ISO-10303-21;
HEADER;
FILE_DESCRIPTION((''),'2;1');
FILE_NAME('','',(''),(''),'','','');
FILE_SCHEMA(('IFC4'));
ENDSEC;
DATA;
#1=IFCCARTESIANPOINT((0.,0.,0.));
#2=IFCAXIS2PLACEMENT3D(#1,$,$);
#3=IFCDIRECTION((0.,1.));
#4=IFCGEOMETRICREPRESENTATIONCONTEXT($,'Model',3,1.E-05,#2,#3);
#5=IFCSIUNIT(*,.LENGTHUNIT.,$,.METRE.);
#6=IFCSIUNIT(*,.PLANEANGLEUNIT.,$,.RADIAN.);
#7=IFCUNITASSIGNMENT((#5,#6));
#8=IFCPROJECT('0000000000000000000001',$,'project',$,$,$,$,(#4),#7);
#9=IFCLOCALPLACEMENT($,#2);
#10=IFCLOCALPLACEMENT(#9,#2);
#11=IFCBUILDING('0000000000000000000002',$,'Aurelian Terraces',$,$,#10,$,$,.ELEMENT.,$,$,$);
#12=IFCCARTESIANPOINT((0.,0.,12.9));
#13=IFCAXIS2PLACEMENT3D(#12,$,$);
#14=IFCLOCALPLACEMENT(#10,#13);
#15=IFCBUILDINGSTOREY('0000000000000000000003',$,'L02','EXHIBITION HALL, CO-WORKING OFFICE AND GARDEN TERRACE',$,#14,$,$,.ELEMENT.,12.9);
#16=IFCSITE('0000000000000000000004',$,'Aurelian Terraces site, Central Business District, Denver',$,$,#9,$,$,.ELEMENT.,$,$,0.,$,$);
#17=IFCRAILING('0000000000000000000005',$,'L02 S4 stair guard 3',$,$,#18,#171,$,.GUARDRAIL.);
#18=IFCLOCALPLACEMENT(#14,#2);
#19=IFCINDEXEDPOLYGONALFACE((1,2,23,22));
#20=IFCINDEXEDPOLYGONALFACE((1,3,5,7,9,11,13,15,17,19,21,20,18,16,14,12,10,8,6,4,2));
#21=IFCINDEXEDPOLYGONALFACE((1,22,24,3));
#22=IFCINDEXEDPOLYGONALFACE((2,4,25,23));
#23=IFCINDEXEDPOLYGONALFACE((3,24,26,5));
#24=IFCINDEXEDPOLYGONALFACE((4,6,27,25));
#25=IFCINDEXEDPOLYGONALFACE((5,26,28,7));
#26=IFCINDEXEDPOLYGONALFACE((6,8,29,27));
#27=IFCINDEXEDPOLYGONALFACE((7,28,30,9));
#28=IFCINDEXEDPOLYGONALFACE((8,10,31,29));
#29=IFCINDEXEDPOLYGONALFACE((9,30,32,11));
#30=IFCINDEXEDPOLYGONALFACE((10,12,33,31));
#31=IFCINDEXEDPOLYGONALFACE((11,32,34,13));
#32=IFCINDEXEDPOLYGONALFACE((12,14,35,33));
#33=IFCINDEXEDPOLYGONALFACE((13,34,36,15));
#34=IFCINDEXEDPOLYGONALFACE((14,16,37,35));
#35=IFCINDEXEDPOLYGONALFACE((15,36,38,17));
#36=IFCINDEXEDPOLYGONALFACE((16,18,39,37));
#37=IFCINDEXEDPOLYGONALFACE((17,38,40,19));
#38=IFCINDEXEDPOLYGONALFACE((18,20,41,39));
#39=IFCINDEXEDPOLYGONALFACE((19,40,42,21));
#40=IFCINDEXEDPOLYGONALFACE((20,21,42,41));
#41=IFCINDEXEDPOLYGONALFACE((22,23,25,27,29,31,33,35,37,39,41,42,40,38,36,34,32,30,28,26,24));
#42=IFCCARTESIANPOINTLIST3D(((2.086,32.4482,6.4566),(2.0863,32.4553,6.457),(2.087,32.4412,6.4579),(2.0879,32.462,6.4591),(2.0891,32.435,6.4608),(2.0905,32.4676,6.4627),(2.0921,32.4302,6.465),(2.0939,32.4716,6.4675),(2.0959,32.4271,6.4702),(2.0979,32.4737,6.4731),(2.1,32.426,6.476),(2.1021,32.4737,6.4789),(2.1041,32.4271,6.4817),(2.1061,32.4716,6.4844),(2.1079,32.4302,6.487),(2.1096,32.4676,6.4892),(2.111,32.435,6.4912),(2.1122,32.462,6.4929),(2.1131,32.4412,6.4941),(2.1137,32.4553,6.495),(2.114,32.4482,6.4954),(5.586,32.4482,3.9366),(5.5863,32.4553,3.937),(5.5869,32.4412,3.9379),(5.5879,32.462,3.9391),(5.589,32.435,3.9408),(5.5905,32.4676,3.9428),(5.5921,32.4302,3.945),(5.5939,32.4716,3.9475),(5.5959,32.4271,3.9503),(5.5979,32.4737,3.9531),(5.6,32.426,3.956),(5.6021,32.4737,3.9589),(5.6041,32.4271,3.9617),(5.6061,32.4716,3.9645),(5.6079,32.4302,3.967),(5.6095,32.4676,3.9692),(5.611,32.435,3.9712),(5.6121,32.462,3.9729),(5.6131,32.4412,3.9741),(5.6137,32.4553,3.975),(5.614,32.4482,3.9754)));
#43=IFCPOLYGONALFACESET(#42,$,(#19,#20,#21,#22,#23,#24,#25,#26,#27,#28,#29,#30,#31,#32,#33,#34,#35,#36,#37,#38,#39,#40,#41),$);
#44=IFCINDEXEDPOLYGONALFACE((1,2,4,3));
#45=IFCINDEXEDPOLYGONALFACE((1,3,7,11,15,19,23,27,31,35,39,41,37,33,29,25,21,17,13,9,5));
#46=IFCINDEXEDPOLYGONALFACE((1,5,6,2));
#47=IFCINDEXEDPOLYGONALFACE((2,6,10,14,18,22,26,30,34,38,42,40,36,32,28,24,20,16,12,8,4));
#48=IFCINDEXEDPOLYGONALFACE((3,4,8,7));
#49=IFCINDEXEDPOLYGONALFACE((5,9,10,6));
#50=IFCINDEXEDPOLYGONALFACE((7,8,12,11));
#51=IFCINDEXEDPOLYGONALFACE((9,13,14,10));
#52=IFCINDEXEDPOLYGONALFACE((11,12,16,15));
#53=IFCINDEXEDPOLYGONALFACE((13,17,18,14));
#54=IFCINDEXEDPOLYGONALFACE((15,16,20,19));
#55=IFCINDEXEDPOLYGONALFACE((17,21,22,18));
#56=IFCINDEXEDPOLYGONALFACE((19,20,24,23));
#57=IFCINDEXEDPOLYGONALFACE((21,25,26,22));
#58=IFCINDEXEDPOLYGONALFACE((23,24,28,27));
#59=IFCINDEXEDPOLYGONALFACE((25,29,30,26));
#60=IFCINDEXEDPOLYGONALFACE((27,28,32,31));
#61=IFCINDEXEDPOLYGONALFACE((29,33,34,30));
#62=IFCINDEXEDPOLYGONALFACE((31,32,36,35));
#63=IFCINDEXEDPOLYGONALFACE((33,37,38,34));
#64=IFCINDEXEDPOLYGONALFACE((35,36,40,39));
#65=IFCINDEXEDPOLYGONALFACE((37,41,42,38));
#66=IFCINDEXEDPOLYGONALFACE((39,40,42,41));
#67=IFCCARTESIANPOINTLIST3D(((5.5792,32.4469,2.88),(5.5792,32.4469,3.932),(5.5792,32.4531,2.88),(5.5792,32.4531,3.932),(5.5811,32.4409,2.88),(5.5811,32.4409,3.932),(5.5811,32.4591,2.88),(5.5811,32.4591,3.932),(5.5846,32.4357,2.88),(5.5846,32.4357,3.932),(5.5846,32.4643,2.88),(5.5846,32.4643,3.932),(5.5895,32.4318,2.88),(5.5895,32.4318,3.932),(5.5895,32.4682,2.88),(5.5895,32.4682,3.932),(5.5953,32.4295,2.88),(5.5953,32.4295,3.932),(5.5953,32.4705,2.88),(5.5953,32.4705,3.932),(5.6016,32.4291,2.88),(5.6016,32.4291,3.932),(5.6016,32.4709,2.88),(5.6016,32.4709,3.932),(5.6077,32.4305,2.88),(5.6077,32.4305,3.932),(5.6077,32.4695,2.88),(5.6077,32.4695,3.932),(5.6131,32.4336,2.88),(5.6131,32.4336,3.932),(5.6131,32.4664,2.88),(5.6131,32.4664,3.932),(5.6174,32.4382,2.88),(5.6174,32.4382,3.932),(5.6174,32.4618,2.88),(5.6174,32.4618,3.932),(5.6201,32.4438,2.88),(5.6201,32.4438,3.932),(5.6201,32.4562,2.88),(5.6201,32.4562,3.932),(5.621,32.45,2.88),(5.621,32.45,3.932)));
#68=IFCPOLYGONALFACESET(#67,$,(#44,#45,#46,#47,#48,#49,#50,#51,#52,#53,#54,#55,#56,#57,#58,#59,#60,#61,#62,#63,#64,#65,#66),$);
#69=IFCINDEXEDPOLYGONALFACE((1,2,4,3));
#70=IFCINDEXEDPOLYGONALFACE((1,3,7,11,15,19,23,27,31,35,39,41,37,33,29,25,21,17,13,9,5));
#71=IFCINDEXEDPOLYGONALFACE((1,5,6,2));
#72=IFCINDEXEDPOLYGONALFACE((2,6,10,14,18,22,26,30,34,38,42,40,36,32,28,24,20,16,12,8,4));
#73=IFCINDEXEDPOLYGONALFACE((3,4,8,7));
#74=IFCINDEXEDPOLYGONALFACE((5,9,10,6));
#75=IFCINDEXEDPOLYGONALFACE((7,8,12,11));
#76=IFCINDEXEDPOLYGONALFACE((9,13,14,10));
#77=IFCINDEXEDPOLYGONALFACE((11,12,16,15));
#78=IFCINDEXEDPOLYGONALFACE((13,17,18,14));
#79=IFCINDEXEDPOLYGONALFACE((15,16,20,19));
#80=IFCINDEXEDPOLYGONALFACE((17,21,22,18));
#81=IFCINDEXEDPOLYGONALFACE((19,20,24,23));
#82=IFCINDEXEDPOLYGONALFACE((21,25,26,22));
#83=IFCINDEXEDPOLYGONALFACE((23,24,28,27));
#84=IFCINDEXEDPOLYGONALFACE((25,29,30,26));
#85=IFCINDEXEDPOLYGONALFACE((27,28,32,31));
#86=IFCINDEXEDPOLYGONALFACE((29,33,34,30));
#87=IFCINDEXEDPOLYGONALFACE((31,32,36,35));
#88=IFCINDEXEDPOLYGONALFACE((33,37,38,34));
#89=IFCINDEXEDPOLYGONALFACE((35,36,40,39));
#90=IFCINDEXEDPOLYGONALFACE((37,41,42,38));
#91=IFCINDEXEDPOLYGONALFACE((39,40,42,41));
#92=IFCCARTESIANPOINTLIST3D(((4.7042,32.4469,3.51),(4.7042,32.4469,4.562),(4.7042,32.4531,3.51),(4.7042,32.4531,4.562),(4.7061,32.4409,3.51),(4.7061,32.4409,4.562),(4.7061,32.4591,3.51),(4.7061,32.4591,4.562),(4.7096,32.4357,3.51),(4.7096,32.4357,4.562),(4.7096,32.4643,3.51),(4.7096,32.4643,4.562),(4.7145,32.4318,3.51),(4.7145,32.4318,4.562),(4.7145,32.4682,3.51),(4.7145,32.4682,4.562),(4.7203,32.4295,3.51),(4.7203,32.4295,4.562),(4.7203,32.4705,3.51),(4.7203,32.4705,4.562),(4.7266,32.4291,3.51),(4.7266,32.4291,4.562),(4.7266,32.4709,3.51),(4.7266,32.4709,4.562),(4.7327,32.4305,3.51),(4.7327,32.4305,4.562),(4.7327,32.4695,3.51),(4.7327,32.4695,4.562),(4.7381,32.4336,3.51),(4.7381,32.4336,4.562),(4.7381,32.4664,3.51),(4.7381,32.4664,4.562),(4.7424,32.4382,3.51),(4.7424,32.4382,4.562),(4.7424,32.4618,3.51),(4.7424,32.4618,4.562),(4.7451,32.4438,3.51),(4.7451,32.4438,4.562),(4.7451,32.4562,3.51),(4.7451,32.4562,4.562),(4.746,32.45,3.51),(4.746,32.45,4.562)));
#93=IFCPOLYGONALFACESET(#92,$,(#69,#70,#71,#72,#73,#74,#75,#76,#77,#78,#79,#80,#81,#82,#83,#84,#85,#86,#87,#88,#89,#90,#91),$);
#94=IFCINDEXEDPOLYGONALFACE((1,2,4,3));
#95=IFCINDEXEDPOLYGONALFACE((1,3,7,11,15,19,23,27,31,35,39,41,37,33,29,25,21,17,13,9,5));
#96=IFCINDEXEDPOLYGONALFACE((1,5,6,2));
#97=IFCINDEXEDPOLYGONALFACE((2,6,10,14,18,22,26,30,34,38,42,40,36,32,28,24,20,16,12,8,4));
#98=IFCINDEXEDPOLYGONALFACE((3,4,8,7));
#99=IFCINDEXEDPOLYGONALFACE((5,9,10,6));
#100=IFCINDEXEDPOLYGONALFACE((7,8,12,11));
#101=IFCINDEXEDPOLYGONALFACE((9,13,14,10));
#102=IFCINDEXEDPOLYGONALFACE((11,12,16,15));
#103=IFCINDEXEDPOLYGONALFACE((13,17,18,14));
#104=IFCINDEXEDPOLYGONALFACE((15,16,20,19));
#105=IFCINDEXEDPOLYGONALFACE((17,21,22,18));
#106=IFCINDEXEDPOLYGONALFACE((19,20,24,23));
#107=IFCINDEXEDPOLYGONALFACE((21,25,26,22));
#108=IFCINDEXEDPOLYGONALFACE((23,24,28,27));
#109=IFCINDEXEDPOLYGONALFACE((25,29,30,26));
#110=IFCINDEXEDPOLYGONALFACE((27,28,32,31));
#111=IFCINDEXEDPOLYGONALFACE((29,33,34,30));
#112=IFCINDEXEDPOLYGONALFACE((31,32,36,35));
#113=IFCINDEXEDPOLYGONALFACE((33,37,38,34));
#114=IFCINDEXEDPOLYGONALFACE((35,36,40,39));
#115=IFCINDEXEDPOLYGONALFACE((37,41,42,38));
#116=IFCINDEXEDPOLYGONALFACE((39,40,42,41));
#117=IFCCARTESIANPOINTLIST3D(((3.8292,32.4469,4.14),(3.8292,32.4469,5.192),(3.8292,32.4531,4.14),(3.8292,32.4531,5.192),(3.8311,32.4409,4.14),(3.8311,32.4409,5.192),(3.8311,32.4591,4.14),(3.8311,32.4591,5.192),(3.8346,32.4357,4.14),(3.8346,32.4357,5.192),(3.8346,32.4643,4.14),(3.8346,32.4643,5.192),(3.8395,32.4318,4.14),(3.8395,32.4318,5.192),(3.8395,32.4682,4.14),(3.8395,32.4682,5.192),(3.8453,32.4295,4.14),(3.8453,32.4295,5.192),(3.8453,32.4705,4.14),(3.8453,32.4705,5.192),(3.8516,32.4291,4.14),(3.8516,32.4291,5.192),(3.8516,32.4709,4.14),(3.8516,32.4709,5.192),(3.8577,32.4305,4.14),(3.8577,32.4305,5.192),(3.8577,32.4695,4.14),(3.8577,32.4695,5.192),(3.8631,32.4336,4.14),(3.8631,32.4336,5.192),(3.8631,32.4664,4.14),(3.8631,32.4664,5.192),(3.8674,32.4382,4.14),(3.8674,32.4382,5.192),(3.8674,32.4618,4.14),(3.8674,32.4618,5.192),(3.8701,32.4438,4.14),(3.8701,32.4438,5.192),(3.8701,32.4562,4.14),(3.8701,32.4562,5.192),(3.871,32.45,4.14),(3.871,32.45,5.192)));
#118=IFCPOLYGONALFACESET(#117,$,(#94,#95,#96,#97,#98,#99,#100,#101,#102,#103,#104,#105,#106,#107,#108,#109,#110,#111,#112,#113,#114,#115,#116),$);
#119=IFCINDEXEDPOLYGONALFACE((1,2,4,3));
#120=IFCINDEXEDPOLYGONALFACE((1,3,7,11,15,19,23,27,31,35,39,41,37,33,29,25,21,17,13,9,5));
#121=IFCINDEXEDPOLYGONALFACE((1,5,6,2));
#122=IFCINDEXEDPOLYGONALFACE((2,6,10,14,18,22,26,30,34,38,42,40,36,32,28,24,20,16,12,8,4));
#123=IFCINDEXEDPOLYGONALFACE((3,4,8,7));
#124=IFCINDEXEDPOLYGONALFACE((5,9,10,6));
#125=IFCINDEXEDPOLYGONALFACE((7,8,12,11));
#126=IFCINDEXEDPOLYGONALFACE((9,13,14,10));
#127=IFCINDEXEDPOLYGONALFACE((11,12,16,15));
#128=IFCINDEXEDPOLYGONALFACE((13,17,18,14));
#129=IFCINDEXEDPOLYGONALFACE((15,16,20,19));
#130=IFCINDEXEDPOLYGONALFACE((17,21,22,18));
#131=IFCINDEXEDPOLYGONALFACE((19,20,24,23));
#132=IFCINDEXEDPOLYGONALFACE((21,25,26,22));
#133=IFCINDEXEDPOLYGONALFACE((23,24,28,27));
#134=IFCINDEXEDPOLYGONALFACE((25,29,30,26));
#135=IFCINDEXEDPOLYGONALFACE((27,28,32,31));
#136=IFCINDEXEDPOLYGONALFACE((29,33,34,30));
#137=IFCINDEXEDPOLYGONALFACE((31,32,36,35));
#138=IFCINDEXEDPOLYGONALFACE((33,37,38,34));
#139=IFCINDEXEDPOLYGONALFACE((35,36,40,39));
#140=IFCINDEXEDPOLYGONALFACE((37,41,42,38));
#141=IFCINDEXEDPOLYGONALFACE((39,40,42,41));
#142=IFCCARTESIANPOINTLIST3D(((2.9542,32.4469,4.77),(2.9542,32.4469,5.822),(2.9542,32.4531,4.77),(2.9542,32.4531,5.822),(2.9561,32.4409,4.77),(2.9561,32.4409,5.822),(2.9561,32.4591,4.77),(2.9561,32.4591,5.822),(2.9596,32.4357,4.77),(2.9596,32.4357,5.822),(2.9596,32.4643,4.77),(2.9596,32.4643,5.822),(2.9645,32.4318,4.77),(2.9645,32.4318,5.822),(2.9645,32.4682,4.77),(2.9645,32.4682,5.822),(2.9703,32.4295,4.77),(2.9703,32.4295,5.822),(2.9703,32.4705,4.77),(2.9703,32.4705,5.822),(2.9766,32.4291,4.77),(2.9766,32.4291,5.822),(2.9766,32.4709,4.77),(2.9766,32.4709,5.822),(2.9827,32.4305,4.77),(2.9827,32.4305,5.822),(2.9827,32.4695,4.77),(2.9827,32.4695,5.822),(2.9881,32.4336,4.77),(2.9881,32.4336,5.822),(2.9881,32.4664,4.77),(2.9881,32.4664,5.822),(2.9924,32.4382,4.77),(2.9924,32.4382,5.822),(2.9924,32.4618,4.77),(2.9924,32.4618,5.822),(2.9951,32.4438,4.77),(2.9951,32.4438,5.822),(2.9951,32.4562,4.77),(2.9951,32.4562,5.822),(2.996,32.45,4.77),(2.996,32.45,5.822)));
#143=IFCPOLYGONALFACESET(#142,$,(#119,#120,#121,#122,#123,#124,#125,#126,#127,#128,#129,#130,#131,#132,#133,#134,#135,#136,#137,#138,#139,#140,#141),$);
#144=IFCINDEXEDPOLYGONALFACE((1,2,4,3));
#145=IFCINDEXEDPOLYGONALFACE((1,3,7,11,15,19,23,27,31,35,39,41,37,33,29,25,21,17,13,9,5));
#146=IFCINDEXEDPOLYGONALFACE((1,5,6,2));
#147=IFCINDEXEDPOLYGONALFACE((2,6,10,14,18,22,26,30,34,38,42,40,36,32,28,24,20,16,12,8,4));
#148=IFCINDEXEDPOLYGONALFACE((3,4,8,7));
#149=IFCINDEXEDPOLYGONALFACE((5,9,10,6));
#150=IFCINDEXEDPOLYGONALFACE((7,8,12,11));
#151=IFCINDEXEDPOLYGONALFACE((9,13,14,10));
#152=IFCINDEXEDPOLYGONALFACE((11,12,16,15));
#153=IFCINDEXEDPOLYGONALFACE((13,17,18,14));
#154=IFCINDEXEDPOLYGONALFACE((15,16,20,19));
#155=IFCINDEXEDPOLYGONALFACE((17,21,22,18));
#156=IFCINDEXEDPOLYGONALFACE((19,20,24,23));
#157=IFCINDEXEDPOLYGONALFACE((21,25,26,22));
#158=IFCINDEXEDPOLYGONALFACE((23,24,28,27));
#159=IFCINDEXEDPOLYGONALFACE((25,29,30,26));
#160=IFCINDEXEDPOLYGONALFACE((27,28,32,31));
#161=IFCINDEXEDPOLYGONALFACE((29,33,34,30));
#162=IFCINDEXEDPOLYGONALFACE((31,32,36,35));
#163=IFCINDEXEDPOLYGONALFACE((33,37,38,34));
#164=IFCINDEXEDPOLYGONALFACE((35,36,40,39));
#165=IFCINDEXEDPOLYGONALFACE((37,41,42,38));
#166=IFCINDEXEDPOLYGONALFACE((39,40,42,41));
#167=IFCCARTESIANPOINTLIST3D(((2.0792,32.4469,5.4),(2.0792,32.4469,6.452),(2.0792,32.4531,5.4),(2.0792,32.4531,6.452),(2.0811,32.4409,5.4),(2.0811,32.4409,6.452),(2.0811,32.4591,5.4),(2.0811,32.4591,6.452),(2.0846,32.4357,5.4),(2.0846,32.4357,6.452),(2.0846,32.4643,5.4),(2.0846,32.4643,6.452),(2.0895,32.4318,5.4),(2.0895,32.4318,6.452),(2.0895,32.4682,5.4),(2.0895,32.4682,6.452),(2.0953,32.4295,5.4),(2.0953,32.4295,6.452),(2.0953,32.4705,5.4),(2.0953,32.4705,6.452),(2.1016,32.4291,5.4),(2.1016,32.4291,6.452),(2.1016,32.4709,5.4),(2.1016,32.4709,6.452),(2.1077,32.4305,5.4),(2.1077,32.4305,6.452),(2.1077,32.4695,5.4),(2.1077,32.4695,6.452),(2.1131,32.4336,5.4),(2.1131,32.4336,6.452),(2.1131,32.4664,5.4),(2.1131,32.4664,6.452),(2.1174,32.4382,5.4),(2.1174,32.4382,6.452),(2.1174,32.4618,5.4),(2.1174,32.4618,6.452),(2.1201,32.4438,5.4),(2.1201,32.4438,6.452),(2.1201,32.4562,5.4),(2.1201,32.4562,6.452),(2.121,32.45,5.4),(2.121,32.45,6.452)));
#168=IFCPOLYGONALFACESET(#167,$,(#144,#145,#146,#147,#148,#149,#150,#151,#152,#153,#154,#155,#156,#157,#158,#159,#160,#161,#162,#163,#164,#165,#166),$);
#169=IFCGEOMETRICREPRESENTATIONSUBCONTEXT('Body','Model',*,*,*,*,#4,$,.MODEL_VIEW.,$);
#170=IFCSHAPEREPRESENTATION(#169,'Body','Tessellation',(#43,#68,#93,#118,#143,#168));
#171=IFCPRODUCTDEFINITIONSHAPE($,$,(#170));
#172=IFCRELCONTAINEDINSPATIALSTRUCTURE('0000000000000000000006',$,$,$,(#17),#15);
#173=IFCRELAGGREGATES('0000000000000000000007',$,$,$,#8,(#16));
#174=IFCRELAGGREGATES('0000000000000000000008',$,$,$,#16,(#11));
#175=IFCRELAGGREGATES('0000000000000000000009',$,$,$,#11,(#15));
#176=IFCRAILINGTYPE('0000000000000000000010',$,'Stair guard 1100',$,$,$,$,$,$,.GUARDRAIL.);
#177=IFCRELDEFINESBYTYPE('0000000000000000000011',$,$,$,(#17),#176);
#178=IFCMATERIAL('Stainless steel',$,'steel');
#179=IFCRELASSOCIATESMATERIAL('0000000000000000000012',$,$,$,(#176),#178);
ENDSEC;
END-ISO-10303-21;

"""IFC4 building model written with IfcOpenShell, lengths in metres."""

from ifc_helpers import new_model, si_unit, direction, frame, origin, origin_2d, place, context, subcontext, project, spatial, circle, extrude, source, transform, mapped, material, type_object, element, save


model = new_model("IFC4")

# Units and contexts
model_context = context("Model", 3, precision=1e-05, world=origin(), true_north=direction((0.0, 1.0)))
body_context = subcontext(model_context, "Body", "Model", "MODEL_VIEW")
ifc_project = project(units=[si_unit("LENGTHUNIT", "METRE"), si_unit("PLANEANGLEUNIT", "RADIAN")], contexts=[model_context])

# Site, building, storey
site_placement = place(None, origin())
site = spatial("IfcSite", under=ifc_project, at=site_placement, Name="Aurelian Terraces site, Central Business District, Denver", CompositionType="ELEMENT", RefElevation=0.0)
building_placement = place(site_placement, origin())
building = spatial("IfcBuilding", under=site, at=building_placement, Name="Aurelian Terraces", CompositionType="ELEMENT")
storey_placement = place(building_placement, frame((0.0, 0.0, 12.9)))
storey = spatial("IfcBuildingStorey", under=building, at=storey_placement, Name="L02", Description="EXHIBITION HALL, CO-WORKING OFFICE AND GARDEN TERRACE", CompositionType="ELEMENT", Elevation=12.9)

# Railing
ifc_material_1 = material(Name="Stainless steel", Category="steel")
railing_type_1 = type_object("IfcRailingType", Name="Stair guard 1100", PredefinedType="GUARDRAIL", material=ifc_material_1)
shared_shape_1 = source(origin(), body_context, "Body", "SweptSolid", [
    extrude(circle(Radius=0.024, at=origin_2d()), frame((0.0, 0.0, 1.076), z_axis=(-0.811534, 0.0, 0.584305), x_axis=(0.0, -1.0, 0.0)), (0.0, 0.0, 1.0), 4.3128),
    extrude(circle(Radius=0.021, at=origin_2d()), origin(), (0.0, 0.0, 1.0), 1.052),
    extrude(circle(Radius=0.021, at=origin_2d()), frame((-0.875, 0.0, 0.63)), (0.0, 0.0, 1.0), 1.052),
    extrude(circle(Radius=0.021, at=origin_2d()), frame((-1.75, 0.0, 1.26)), (0.0, 0.0, 1.0), 1.052),
    extrude(circle(Radius=0.021, at=origin_2d()), frame((-2.625, 0.0, 1.89)), (0.0, 0.0, 1.0), 1.052),
    extrude(circle(Radius=0.021, at=origin_2d()), frame((-3.5, 0.0, 2.52)), (0.0, 0.0, 1.0), 1.052),
])
railing_1_placement = place(storey_placement, frame((5.6, 32.45, 2.88)))
element("IfcRailing", 1, at=railing_1_placement, inside=storey, type_object=railing_type_1, Name="L02 S4 stair guard 3", PredefinedType="GUARDRAIL", context=body_context, shape_type="MappedRepresentation", body=[
    mapped(shared_shape_1, transform((0.0, 0.0, 0.0), scale=1.0)),
])

save(model, "model.ifc")
